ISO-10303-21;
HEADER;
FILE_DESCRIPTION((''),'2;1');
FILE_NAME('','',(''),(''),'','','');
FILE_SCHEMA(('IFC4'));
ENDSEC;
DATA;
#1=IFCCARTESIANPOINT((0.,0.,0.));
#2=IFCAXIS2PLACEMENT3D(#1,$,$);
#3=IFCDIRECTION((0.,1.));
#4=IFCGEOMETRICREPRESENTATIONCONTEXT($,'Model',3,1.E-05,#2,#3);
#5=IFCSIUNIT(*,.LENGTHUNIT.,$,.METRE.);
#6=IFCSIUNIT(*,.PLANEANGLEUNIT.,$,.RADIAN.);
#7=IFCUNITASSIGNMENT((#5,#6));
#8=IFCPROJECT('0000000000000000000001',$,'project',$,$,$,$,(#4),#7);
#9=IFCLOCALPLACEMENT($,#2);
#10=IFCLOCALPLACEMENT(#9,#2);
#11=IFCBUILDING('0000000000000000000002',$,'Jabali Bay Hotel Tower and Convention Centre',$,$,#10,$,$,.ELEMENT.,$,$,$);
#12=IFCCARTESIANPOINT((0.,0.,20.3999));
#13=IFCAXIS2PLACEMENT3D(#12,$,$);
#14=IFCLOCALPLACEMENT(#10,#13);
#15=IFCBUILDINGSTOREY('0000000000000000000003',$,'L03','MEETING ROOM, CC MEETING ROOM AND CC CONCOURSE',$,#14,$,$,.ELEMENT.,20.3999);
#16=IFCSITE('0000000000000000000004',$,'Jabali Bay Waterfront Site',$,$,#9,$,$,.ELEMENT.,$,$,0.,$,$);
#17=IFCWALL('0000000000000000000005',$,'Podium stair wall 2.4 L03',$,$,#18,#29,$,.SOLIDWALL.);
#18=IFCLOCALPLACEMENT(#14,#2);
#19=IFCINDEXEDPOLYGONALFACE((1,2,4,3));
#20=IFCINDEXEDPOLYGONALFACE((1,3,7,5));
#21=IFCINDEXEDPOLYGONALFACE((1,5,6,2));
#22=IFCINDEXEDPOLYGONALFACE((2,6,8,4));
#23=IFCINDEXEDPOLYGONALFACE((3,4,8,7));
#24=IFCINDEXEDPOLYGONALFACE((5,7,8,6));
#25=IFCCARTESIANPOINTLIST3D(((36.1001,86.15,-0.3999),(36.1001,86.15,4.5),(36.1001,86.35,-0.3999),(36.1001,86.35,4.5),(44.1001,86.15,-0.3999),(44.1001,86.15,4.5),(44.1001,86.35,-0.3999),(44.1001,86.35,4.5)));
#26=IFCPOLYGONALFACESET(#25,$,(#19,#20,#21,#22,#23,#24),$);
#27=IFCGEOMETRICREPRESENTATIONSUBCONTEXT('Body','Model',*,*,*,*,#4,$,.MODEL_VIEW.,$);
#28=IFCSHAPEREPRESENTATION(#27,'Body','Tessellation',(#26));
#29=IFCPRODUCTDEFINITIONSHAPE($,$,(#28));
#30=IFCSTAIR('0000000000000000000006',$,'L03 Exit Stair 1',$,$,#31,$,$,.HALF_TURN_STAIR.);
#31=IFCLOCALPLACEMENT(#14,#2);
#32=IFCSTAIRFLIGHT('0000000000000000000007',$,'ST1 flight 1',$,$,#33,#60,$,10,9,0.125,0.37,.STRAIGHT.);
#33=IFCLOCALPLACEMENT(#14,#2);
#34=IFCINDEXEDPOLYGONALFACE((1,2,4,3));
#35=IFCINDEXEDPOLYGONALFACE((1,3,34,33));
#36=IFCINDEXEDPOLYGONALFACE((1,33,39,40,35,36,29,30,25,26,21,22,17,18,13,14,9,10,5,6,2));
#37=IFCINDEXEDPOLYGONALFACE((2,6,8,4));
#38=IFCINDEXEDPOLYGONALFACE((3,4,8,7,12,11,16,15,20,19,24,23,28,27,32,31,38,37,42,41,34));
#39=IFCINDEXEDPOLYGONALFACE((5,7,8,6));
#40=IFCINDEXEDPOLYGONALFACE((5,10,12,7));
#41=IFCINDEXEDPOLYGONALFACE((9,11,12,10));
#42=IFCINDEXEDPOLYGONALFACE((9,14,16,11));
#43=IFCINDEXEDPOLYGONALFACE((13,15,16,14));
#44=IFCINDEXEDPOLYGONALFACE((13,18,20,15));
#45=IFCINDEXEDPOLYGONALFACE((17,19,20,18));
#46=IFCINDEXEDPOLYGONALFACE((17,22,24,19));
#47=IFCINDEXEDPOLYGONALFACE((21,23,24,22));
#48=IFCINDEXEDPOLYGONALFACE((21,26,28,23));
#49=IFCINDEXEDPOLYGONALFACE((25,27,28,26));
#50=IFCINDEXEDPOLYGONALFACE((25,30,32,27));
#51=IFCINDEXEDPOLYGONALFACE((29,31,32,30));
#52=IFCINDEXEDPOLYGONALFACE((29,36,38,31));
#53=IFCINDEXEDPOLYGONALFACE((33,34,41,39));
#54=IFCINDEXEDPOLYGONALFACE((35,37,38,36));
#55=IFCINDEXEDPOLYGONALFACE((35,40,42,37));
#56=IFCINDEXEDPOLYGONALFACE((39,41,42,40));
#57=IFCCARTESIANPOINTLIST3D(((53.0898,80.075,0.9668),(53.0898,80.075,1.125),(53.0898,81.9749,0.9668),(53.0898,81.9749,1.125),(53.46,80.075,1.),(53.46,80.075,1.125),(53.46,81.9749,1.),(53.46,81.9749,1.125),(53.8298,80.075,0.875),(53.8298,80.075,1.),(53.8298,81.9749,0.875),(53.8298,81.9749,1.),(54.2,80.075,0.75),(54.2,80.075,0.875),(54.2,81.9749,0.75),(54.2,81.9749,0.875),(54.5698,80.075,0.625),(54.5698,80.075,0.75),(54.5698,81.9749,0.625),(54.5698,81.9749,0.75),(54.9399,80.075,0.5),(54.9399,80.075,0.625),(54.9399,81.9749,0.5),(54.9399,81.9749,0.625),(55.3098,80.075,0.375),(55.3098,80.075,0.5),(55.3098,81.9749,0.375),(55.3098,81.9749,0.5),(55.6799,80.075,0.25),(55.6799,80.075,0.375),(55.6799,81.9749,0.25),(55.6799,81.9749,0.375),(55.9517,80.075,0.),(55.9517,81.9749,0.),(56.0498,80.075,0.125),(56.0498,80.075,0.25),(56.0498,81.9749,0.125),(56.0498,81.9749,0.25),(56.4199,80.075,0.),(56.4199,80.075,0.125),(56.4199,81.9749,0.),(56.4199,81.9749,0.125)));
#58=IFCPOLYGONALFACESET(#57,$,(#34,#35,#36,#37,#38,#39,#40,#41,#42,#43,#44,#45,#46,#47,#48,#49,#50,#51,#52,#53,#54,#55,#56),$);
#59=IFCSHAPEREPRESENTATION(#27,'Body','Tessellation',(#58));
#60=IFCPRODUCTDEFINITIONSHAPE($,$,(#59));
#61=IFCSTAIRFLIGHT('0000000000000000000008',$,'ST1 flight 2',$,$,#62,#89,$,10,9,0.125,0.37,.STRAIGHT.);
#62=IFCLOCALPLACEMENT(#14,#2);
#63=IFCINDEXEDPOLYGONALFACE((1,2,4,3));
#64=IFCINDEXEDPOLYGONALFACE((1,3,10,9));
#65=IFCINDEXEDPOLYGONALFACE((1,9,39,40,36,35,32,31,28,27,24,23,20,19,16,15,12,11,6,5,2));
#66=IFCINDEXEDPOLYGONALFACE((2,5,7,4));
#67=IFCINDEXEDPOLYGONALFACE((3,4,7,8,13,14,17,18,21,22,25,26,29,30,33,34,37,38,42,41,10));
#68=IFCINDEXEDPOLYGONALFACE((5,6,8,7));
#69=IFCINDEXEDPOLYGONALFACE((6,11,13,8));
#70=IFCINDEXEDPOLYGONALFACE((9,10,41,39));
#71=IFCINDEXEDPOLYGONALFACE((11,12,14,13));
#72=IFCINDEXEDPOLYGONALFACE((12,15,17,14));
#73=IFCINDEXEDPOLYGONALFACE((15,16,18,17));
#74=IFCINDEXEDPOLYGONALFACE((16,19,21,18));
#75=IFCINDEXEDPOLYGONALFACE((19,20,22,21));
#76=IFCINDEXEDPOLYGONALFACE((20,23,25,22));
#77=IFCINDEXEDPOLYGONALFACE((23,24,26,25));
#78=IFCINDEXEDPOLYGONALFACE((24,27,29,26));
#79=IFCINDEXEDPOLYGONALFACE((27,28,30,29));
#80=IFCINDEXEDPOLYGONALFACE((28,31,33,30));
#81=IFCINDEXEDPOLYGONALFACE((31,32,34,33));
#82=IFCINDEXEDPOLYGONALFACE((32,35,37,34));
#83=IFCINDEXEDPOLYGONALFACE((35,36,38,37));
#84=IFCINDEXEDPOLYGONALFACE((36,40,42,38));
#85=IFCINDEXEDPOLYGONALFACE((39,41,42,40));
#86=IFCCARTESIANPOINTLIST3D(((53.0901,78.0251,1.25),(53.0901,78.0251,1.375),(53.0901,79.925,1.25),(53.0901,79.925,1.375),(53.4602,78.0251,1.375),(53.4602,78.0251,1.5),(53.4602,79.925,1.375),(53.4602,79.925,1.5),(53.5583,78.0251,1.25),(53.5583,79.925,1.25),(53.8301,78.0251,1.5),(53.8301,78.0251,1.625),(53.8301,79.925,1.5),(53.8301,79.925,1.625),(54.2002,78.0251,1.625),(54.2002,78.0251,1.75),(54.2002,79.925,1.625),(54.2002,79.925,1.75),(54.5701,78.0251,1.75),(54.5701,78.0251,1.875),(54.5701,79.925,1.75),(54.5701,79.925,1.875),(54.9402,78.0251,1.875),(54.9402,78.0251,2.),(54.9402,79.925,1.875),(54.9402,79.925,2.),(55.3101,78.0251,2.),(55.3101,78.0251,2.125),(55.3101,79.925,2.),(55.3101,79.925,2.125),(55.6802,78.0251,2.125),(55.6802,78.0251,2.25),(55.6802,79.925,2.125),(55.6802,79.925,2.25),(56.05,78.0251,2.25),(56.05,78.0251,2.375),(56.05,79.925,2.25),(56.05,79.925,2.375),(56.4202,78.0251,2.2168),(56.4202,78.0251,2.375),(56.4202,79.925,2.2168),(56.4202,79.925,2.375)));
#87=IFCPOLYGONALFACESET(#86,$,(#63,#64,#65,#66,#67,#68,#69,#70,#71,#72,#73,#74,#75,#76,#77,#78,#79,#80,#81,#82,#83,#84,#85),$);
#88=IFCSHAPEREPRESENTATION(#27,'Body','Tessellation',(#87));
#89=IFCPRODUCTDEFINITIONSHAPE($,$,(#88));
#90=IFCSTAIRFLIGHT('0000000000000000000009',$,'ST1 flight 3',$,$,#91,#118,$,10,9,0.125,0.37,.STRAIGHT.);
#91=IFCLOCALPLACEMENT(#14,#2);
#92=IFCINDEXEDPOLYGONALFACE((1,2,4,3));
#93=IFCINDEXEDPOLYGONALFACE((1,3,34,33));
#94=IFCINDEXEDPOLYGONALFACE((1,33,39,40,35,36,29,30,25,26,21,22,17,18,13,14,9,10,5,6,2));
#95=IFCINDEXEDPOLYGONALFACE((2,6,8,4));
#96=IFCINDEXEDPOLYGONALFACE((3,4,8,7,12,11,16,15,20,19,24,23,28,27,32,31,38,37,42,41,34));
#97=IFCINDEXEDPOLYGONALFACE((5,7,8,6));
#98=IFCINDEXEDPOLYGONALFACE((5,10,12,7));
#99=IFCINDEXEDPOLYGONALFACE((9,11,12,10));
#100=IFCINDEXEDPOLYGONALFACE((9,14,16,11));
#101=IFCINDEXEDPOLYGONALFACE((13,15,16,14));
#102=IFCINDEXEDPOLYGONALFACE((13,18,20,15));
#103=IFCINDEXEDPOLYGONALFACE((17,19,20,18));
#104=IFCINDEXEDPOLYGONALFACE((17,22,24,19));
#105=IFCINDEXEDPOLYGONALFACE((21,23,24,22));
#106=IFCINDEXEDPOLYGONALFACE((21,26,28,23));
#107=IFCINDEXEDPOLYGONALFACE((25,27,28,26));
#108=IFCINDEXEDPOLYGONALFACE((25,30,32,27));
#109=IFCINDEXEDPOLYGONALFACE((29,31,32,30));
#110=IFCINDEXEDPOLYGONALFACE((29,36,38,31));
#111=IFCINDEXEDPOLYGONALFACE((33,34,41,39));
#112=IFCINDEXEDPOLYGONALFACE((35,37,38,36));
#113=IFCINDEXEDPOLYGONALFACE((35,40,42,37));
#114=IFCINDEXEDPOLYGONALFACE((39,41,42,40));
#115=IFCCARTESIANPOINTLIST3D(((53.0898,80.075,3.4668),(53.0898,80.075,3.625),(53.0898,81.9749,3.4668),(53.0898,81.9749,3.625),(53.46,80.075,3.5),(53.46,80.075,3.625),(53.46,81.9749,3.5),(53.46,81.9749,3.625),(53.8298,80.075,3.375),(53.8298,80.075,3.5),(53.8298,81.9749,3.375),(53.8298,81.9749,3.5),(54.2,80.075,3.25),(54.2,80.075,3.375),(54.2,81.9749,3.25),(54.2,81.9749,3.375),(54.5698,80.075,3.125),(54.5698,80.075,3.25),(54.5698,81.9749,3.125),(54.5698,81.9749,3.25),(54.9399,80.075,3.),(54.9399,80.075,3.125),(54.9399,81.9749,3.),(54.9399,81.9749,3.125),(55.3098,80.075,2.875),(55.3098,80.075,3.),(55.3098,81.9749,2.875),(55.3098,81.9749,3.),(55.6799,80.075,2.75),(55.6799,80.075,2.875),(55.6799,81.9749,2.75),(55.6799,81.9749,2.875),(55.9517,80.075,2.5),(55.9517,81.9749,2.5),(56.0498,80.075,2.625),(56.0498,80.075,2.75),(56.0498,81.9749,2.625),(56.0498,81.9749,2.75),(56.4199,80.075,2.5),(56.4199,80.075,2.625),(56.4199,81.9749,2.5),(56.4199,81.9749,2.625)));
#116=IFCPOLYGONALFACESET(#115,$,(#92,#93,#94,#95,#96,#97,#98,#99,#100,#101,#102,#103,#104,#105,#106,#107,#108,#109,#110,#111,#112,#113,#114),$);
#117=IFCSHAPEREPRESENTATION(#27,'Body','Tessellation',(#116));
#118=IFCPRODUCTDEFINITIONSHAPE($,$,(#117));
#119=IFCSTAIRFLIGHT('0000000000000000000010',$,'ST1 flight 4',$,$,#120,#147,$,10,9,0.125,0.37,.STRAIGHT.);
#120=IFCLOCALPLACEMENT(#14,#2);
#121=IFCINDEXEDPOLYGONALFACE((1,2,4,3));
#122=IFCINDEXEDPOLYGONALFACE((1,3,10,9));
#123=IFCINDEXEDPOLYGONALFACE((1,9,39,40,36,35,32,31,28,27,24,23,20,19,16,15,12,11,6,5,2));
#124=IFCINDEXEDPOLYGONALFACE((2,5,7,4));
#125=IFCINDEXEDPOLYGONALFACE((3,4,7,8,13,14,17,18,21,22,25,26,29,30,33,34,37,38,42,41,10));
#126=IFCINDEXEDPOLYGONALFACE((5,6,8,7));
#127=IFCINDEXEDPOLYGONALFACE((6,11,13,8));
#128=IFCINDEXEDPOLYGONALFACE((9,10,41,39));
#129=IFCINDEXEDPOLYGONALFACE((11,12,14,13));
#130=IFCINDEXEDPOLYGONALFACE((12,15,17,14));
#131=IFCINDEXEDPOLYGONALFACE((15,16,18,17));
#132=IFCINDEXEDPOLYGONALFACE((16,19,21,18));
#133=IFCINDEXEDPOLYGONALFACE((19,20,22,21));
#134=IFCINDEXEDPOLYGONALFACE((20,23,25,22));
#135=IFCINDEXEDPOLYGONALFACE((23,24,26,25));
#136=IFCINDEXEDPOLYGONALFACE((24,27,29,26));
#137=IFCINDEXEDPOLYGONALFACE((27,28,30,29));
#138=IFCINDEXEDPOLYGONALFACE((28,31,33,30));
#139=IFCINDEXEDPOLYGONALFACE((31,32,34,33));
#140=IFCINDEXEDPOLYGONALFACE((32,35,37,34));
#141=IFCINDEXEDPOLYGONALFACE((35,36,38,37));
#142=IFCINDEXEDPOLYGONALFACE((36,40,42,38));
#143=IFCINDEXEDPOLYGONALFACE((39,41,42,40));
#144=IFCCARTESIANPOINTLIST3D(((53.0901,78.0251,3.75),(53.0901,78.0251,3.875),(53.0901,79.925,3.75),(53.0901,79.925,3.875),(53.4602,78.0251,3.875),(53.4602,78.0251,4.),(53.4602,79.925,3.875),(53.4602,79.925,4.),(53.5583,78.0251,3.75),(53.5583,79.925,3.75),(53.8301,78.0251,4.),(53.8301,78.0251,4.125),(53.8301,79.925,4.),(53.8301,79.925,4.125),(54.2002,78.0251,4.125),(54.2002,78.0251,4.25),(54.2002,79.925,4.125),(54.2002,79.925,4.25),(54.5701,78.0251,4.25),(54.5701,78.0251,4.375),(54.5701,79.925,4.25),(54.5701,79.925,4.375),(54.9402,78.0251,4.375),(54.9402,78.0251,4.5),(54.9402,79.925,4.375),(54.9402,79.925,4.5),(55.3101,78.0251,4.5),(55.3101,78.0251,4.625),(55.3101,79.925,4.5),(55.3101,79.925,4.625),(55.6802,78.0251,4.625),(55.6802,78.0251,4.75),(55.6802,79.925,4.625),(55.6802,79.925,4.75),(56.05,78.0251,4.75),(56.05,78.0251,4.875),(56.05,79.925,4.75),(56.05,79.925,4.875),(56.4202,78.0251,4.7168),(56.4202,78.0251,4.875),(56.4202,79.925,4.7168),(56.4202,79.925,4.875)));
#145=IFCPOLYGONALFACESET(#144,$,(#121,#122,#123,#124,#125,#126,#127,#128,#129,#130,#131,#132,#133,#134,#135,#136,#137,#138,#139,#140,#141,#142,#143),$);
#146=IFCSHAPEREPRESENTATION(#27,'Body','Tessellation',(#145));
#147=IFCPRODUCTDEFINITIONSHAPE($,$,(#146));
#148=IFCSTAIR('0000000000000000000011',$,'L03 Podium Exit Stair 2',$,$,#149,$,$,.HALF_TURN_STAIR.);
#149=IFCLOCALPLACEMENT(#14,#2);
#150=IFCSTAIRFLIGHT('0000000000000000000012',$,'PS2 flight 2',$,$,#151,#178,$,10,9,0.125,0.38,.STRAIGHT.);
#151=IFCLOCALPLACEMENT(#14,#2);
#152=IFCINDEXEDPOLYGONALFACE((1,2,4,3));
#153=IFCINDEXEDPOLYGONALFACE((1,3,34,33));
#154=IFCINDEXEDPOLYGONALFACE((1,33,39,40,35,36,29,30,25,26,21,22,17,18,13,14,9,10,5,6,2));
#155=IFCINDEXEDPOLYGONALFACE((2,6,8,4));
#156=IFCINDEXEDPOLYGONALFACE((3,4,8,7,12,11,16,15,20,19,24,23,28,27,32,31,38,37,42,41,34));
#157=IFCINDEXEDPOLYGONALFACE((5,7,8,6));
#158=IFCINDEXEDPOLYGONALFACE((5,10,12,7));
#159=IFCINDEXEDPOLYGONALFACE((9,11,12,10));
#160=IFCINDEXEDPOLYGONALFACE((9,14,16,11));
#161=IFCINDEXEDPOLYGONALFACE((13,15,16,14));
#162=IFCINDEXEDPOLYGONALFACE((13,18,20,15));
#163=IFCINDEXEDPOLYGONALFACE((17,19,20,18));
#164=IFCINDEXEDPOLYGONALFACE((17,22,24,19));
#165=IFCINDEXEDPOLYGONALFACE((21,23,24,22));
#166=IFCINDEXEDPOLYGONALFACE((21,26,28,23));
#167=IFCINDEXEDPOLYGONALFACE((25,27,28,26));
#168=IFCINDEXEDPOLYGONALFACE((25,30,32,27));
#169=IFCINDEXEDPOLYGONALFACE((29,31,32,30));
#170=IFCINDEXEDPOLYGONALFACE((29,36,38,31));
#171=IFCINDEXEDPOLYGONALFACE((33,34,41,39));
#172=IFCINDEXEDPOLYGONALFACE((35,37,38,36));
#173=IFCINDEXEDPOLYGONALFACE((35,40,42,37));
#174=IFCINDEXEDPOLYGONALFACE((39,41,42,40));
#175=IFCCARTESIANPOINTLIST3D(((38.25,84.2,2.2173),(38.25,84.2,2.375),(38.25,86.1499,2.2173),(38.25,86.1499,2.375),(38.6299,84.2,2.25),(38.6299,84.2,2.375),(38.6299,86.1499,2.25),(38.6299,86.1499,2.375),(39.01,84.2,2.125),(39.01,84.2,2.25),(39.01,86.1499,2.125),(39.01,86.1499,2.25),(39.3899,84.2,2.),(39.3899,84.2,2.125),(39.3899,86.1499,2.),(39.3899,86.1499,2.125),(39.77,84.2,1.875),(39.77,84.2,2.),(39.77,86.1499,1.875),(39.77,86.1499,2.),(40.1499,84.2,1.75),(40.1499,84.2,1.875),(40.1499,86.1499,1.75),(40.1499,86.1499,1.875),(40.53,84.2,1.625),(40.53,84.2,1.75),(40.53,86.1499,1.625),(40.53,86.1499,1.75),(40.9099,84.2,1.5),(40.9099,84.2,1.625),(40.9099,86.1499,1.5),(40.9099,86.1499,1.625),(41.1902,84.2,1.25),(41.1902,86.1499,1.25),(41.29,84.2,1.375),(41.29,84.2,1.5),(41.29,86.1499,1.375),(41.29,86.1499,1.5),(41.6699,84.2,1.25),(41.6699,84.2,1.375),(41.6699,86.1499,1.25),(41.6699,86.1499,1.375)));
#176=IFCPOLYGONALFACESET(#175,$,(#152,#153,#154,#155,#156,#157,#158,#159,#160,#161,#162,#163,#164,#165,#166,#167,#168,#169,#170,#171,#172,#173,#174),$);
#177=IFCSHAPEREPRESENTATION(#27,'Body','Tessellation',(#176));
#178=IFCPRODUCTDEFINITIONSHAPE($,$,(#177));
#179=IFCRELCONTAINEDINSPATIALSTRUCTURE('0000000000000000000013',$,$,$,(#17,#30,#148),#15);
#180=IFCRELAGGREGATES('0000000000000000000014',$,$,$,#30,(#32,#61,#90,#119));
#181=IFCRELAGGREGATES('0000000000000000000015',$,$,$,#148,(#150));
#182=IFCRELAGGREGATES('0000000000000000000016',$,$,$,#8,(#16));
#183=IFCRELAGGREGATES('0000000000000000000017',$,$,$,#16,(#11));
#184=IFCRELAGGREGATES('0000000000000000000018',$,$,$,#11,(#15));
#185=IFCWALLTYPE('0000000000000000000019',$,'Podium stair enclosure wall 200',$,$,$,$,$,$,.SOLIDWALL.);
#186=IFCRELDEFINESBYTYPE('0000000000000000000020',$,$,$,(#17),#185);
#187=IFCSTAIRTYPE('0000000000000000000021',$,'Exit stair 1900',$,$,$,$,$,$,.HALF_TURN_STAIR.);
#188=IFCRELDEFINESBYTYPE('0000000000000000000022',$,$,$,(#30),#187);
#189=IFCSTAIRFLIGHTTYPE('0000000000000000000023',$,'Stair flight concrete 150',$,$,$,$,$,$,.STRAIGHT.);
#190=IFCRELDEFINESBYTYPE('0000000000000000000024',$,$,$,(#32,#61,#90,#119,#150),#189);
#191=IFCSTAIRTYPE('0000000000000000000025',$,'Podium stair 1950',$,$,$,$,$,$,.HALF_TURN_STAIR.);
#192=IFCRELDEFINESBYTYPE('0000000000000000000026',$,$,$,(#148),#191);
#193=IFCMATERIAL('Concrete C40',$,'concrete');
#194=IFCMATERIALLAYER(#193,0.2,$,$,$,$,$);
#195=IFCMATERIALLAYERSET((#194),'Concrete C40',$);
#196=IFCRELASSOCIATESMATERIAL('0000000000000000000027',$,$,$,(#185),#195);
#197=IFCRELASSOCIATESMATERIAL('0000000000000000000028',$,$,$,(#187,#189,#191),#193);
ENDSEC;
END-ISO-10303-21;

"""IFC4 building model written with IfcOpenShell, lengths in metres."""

from ifc_helpers import new_model, si_unit, direction, frame, frame_2d, origin, place, context, subcontext, project, spatial, polyline, rectangle, outline, extrude, material, layer, layer_set, type_object, element, aggregate, save


model = new_model("IFC4")

# Units and contexts
model_context = context("Model", 3, precision=1e-05, world=origin(), true_north=direction((0.0, 1.0)))
body_context = subcontext(model_context, "Body", "Model", "MODEL_VIEW")
ifc_project = project(units=[si_unit("LENGTHUNIT", "METRE"), si_unit("PLANEANGLEUNIT", "RADIAN")], contexts=[model_context])

# Site, building, storey
site_placement = place(None, origin())
site = spatial("IfcSite", under=ifc_project, at=site_placement, Name="Jabali Bay Waterfront Site", CompositionType="ELEMENT", RefElevation=0.0)
building_placement = place(site_placement, origin())
building = spatial("IfcBuilding", under=site, at=building_placement, Name="Jabali Bay Hotel Tower and Convention Centre", CompositionType="ELEMENT")
storey_placement = place(building_placement, frame((0.0, 0.0, 20.3999)))
storey = spatial("IfcBuildingStorey", under=building, at=storey_placement, Name="L03", Description="MEETING ROOM, CC MEETING ROOM AND CC CONCOURSE", CompositionType="ELEMENT", Elevation=20.3999)

# Shared definitions
ifc_material_1 = material(Name="Concrete C40", Category="concrete")

# Wall
ifc_layer_1 = layer(ifc_material_1, 0.2)
ifc_layer_set_1 = layer_set([ifc_layer_1], Name="Concrete C40")
wall_type_1 = type_object("IfcWallType", Name="Podium stair enclosure wall 200", PredefinedType="SOLIDWALL", material=ifc_layer_set_1)
wall_1_placement = place(storey_placement, frame((44.1001, 86.25, -0.3999), z_axis=(0.0, 0.0, 1.0), x_axis=(-1.0, 0.0, 0.0)))
element("IfcWall", 1, at=wall_1_placement, inside=storey, type_object=wall_type_1, Name="Podium stair wall 2.4 L03", PredefinedType="SOLIDWALL", context=body_context, shape_type="SweptSolid", body=[
    extrude(rectangle(XDim=8.0, YDim=0.2, at=frame_2d((4.0, 0.0))), origin(), (0.0, 0.0, 1.0), 4.8999),
])

# Stairs, stair flights
stair_type_1 = type_object("IfcStairType", Name="Exit stair 1900", PredefinedType="HALF_TURN_STAIR", material=ifc_material_1)
stair_1_placement = place(storey_placement, origin())
stair_1 = element("IfcStair", 2, at=stair_1_placement, inside=storey, type_object=stair_type_1, Name="L03 Exit Stair 1", PredefinedType="HALF_TURN_STAIR")
stair_flight_type = type_object("IfcStairFlightType", Name="Stair flight concrete 150", PredefinedType="STRAIGHT", material=ifc_material_1)
stair_flight_1_placement = place(storey_placement, frame((56.4199, 81.0249, 0.0), z_axis=(0.0, 0.0, 1.0), x_axis=(-1.0, 0.0, 0.0)))
stair_flight_1 = element("IfcStairFlight", 3, at=stair_flight_1_placement, type_object=stair_flight_type, Name="ST1 flight 1", NumberOfRisers=10, NumberOfTreads=9, PredefinedType="STRAIGHT", RiserHeight=0.125, TreadLength=0.37, context=body_context, shape_type="SweptSolid", body=[
    extrude(outline(polyline([(0.0, 0.0), (0.0, 0.125), (0.3701, 0.125), (0.3701, 0.25), (0.74, 0.25), (0.74, 0.375), (1.1101, 0.375), (1.1101, 0.5), (1.48, 0.5), (1.48, 0.625), (1.8501, 0.625), (1.8501, 0.75), (2.22, 0.75), (2.22, 0.875), (2.5901, 0.875), (2.5901, 1.0), (2.96, 1.0), (2.96, 1.125), (3.3301, 1.125), (3.3301, 1.25), (3.3301, 0.9668), (0.4683, 0.0), (0.0, 0.0)])), frame((0.0, 0.95, 0.0), z_axis=(0.0, -1.0, 0.0), x_axis=(1.0, 0.0, 0.0)), (0.0, 0.0, 1.0), 1.8999),
])
stair_flight_2_placement = place(storey_placement, frame((53.0901, 78.9751, 1.25), z_axis=(0.0, 0.0, 1.0), x_axis=(1.0, 0.0, 0.0)))
stair_flight_2 = element("IfcStairFlight", 4, at=stair_flight_2_placement, type_object=stair_flight_type, Name="ST1 flight 2", NumberOfRisers=10, NumberOfTreads=9, PredefinedType="STRAIGHT", RiserHeight=0.125, TreadLength=0.37, context=body_context, shape_type="SweptSolid", body=[
    extrude(outline(polyline([(0.0, 0.0), (0.0, 0.125), (0.3701, 0.125), (0.3701, 0.25), (0.74, 0.25), (0.74, 0.375), (1.1101, 0.375), (1.1101, 0.5), (1.48, 0.5), (1.48, 0.625), (1.8501, 0.625), (1.8501, 0.75), (2.22, 0.75), (2.22, 0.875), (2.5901, 0.875), (2.5901, 1.0), (2.96, 1.0), (2.96, 1.125), (3.3301, 1.125), (3.3301, 1.25), (3.3301, 0.9668), (0.4683, 0.0), (0.0, 0.0)])), frame((0.0, 0.95, 0.0), z_axis=(0.0, -1.0, 0.0), x_axis=(1.0, 0.0, 0.0)), (0.0, 0.0, 1.0), 1.8999),
])
stair_flight_3_placement = place(storey_placement, frame((56.4199, 81.0249, 2.5), z_axis=(0.0, 0.0, 1.0), x_axis=(-1.0, 0.0, 0.0)))
stair_flight_3 = element("IfcStairFlight", 5, at=stair_flight_3_placement, type_object=stair_flight_type, Name="ST1 flight 3", NumberOfRisers=10, NumberOfTreads=9, PredefinedType="STRAIGHT", RiserHeight=0.125, TreadLength=0.37, context=body_context, shape_type="SweptSolid", body=[
    extrude(outline(polyline([(0.0, 0.0), (0.0, 0.125), (0.3701, 0.125), (0.3701, 0.25), (0.74, 0.25), (0.74, 0.375), (1.1101, 0.375), (1.1101, 0.5), (1.48, 0.5), (1.48, 0.625), (1.8501, 0.625), (1.8501, 0.75), (2.22, 0.75), (2.22, 0.875), (2.5901, 0.875), (2.5901, 1.0), (2.96, 1.0), (2.96, 1.125), (3.3301, 1.125), (3.3301, 1.25), (3.3301, 0.9668), (0.4683, 0.0), (0.0, 0.0)])), frame((0.0, 0.95, 0.0), z_axis=(0.0, -1.0, 0.0), x_axis=(1.0, 0.0, 0.0)), (0.0, 0.0, 1.0), 1.8999),
])
stair_flight_4_placement = place(storey_placement, frame((53.0901, 78.9751, 3.75), z_axis=(0.0, 0.0, 1.0), x_axis=(1.0, 0.0, 0.0)))
stair_flight_4 = element("IfcStairFlight", 6, at=stair_flight_4_placement, type_object=stair_flight_type, Name="ST1 flight 4", NumberOfRisers=10, NumberOfTreads=9, PredefinedType="STRAIGHT", RiserHeight=0.125, TreadLength=0.37, context=body_context, shape_type="SweptSolid", body=[
    extrude(outline(polyline([(0.0, 0.0), (0.0, 0.125), (0.3701, 0.125), (0.3701, 0.25), (0.74, 0.25), (0.74, 0.375), (1.1101, 0.375), (1.1101, 0.5), (1.48, 0.5), (1.48, 0.625), (1.8501, 0.625), (1.8501, 0.75), (2.22, 0.75), (2.22, 0.875), (2.5901, 0.875), (2.5901, 1.0), (2.96, 1.0), (2.96, 1.125), (3.3301, 1.125), (3.3301, 1.25), (3.3301, 0.9668), (0.4683, 0.0), (0.0, 0.0)])), frame((0.0, 0.95, 0.0), z_axis=(0.0, -1.0, 0.0), x_axis=(1.0, 0.0, 0.0)), (0.0, 0.0, 1.0), 1.8999),
])
aggregate(stair_1, [stair_flight_1, stair_flight_2, stair_flight_3, stair_flight_4])
stair_type_2 = type_object("IfcStairType", Name="Podium stair 1950", PredefinedType="HALF_TURN_STAIR", material=ifc_material_1)
stair_2_placement = place(storey_placement, origin())
stair_2 = element("IfcStair", 7, at=stair_2_placement, inside=storey, type_object=stair_type_2, Name="L03 Podium Exit Stair 2", PredefinedType="HALF_TURN_STAIR")
stair_flight_5_placement = place(storey_placement, frame((41.6699, 85.175, 1.25), z_axis=(0.0, 0.0, 1.0), x_axis=(-1.0, 0.0, 0.0)))
stair_flight_5 = element("IfcStairFlight", 8, at=stair_flight_5_placement, type_object=stair_flight_type, Name="PS2 flight 2", NumberOfRisers=10, NumberOfTreads=9, PredefinedType="STRAIGHT", RiserHeight=0.125, TreadLength=0.38, context=body_context, shape_type="SweptSolid", body=[
    extrude(outline(polyline([(0.0, 0.0), (0.0, 0.125), (0.3799, 0.125), (0.3799, 0.25), (0.76, 0.25), (0.76, 0.375), (1.1399, 0.375), (1.1399, 0.5), (1.52, 0.5), (1.52, 0.625), (1.8999, 0.625), (1.8999, 0.75), (2.28, 0.75), (2.28, 0.875), (2.6599, 0.875), (2.6599, 1.0), (3.04, 1.0), (3.04, 1.125), (3.4199, 1.125), (3.4199, 1.25), (3.4199, 0.9673), (0.4797, 0.0), (0.0, 0.0)])), frame((0.0, 0.9751, 0.0), z_axis=(0.0, -1.0, 0.0), x_axis=(1.0, 0.0, 0.0)), (0.0, 0.0, 1.0), 1.95),
])
aggregate(stair_2, [stair_flight_5])

save(model, "model.ifc")
